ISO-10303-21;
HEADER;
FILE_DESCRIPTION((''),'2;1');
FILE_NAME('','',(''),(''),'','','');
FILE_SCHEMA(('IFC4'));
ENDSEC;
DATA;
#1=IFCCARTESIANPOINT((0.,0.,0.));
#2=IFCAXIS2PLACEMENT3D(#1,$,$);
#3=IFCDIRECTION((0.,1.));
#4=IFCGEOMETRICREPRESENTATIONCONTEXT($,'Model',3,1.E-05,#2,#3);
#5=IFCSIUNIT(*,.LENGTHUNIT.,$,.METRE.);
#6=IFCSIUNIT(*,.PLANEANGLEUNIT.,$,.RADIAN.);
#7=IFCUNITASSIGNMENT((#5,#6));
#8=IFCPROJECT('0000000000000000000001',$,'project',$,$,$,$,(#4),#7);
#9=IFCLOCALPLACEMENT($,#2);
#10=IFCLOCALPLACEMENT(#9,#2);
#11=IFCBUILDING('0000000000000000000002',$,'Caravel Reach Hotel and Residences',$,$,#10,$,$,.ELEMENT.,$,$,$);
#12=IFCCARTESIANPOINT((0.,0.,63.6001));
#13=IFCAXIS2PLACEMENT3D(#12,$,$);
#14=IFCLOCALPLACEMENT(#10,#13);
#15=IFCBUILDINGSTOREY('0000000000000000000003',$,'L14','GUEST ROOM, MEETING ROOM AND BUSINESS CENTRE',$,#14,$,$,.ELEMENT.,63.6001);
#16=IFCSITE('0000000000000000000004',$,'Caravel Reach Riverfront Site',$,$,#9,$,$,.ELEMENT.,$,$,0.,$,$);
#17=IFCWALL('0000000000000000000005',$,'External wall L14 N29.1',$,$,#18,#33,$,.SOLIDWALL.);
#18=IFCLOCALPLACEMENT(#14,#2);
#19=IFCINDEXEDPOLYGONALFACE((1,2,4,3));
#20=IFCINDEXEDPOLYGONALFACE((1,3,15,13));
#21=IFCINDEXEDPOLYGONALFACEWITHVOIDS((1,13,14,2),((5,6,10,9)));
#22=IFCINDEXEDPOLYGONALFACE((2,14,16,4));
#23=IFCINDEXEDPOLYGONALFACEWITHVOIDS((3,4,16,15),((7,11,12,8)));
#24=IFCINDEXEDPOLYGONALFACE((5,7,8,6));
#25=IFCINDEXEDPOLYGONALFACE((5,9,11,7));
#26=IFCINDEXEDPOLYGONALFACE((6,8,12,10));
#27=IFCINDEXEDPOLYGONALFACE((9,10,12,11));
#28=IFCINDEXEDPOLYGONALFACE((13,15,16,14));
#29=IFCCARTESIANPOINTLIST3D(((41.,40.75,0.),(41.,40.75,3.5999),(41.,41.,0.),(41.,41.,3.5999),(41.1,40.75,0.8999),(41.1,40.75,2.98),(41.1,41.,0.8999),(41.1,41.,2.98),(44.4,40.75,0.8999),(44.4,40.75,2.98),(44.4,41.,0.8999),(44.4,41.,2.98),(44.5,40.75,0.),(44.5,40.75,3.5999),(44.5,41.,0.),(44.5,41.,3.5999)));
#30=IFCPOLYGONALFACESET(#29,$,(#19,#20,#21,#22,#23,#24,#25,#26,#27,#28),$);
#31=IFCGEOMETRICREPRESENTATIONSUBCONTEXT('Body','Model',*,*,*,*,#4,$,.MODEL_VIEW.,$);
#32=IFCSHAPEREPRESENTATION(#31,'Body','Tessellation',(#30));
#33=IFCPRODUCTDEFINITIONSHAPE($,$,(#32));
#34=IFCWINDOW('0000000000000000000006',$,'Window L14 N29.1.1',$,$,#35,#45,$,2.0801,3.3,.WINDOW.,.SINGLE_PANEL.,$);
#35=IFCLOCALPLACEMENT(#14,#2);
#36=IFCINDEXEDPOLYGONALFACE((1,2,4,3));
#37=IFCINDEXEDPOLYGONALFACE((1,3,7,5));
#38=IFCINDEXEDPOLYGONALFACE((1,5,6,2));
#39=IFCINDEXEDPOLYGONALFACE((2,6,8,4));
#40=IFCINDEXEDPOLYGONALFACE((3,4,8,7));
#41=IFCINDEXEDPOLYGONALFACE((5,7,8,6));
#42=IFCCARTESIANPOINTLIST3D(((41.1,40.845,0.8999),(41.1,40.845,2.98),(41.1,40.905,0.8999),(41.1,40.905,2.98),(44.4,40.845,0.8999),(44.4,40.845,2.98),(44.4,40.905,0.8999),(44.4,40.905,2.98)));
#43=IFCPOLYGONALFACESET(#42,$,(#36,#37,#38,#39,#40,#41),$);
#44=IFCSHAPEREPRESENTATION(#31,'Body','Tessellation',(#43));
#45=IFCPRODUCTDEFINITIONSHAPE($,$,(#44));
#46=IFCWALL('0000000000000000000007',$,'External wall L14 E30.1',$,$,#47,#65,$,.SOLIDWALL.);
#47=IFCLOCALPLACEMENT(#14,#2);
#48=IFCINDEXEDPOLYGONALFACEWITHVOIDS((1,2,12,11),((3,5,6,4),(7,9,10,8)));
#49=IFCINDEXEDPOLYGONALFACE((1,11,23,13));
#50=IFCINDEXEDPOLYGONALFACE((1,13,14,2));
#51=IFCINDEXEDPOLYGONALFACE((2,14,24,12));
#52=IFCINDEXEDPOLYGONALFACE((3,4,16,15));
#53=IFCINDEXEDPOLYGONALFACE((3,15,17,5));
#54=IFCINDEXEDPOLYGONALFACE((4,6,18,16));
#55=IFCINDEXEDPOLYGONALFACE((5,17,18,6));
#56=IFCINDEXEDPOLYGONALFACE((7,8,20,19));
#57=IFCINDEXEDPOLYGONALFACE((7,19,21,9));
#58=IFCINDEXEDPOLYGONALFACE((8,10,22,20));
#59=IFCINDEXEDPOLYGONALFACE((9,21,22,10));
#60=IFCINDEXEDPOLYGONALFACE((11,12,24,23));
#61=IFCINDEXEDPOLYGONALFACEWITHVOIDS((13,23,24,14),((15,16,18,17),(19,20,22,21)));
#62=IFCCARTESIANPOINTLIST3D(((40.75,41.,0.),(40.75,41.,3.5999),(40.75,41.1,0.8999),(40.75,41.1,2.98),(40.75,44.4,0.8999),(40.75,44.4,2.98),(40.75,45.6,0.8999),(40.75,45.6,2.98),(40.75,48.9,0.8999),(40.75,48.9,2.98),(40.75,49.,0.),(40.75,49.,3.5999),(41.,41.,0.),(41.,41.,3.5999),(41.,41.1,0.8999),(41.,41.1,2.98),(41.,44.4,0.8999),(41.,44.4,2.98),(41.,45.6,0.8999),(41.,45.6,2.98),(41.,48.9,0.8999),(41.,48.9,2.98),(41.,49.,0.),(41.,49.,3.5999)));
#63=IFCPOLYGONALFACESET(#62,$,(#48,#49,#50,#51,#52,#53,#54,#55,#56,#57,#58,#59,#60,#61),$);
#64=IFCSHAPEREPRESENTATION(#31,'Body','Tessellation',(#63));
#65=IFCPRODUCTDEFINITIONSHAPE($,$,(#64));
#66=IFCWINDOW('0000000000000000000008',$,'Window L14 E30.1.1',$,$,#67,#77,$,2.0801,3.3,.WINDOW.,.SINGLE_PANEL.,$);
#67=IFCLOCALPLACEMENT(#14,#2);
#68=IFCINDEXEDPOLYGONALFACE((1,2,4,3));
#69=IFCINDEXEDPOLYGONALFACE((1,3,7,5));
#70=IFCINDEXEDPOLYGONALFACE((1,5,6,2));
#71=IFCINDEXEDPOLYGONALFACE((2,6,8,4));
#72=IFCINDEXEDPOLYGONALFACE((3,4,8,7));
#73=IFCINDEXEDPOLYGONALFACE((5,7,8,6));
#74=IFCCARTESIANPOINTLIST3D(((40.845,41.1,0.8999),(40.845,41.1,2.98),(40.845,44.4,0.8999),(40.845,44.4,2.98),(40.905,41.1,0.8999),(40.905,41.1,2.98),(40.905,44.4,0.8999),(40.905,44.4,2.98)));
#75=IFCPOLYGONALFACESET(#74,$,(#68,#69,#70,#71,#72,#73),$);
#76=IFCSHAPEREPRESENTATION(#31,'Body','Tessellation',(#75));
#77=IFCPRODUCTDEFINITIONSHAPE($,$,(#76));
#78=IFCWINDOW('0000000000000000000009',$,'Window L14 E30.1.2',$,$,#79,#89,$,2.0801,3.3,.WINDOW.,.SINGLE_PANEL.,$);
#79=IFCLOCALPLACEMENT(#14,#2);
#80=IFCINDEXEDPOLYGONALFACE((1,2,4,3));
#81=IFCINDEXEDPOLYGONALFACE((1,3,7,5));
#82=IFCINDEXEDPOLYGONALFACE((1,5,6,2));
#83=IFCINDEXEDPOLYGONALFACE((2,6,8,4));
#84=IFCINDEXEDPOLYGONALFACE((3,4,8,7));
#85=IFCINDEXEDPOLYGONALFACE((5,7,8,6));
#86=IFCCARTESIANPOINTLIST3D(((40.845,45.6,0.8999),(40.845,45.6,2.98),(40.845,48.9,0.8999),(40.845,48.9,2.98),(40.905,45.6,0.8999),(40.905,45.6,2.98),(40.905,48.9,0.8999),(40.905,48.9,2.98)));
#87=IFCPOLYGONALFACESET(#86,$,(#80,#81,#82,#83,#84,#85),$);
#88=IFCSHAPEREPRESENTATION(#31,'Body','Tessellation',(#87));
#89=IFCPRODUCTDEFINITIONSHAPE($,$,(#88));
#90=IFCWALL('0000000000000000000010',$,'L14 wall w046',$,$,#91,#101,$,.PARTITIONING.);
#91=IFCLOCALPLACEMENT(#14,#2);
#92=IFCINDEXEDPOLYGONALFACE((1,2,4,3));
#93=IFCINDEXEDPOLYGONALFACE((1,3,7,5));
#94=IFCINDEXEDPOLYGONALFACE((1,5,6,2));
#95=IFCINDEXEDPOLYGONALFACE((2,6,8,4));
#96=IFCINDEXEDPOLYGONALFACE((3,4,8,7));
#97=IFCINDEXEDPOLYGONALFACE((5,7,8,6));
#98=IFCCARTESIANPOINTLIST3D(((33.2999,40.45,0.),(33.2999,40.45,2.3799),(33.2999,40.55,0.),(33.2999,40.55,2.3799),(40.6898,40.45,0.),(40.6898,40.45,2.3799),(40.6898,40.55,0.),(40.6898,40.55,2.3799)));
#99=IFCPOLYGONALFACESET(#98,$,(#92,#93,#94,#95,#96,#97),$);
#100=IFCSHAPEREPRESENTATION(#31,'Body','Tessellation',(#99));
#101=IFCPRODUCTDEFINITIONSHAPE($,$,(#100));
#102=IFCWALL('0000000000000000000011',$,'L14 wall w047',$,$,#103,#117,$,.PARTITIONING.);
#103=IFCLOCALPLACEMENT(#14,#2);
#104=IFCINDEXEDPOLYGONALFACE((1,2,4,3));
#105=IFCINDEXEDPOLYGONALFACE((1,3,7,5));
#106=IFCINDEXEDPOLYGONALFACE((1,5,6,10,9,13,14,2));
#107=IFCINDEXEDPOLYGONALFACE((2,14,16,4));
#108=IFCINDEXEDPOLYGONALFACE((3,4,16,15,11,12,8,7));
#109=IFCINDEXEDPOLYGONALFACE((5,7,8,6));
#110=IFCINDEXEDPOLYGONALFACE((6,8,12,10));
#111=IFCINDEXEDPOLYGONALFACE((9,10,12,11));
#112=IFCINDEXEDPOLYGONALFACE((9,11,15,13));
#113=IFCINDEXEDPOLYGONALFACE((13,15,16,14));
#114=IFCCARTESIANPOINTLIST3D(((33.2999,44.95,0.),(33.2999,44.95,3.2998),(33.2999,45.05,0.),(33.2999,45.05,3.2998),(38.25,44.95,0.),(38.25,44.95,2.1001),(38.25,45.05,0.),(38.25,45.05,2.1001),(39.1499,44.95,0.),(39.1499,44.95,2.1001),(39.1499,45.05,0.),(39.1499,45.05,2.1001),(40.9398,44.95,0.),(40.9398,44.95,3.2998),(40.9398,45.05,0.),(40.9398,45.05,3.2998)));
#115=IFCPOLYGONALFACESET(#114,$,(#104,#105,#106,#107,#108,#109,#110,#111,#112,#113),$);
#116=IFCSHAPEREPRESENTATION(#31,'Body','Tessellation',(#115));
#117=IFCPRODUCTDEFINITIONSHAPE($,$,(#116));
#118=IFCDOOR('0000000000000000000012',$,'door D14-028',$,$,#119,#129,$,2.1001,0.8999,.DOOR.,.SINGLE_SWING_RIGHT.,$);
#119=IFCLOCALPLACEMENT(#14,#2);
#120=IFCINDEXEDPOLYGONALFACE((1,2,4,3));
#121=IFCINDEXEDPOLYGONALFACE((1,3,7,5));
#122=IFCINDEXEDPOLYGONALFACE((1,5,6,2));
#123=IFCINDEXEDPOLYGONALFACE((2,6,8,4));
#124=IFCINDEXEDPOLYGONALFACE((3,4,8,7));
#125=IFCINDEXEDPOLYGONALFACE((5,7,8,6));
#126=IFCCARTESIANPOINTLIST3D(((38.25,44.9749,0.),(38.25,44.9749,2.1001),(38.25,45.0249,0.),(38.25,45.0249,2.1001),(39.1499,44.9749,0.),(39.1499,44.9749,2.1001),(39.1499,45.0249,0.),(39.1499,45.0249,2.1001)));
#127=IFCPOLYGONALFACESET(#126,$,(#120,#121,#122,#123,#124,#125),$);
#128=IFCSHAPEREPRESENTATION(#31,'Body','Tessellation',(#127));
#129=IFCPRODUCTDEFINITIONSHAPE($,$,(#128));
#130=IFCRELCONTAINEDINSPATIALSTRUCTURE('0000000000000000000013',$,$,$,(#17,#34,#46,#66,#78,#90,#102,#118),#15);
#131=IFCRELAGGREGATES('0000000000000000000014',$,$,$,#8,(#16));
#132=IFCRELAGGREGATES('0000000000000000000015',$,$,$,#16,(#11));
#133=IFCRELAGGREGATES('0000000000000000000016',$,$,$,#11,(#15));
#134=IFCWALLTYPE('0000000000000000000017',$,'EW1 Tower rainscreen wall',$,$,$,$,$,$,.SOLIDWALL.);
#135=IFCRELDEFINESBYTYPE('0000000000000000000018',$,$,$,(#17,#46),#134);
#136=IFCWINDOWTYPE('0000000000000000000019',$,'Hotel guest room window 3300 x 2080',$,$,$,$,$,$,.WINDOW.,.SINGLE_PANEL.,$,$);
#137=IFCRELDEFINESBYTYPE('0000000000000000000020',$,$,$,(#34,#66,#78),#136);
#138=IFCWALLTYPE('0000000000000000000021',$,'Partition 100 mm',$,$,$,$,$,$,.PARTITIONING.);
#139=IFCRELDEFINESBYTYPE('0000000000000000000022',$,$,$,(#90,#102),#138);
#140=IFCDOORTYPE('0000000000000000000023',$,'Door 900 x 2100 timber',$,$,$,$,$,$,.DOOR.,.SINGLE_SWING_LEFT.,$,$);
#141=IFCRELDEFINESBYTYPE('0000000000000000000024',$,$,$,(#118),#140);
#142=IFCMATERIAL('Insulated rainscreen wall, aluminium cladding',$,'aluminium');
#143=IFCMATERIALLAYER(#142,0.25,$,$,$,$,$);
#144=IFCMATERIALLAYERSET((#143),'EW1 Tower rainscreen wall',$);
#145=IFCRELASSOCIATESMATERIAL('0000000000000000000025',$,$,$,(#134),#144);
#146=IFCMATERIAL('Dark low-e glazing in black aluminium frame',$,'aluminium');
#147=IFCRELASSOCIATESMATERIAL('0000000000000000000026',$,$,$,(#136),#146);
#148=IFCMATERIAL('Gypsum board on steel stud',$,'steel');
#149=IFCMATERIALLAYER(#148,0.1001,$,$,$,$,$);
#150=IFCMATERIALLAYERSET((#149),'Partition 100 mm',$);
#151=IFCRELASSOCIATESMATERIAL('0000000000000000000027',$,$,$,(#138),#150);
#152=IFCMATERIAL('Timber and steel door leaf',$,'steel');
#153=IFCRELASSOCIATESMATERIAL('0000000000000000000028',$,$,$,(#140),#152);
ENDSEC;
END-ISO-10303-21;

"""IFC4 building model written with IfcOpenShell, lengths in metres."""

from ifc_helpers import new_model, si_unit, direction, frame, frame_2d, origin, place, context, subcontext, project, spatial, rectangle, extrude, material, layer, layer_set, type_object, element, fill, save


model = new_model("IFC4")

# Units and contexts
model_context = context("Model", 3, precision=1e-05, world=origin(), true_north=direction((0.0, 1.0)))
body_context = subcontext(model_context, "Body", "Model", "MODEL_VIEW")
ifc_project = project(units=[si_unit("LENGTHUNIT", "METRE"), si_unit("PLANEANGLEUNIT", "RADIAN")], contexts=[model_context])

# Site, building, storey
site_placement = place(None, origin())
site = spatial("IfcSite", under=ifc_project, at=site_placement, Name="Caravel Reach Riverfront Site", CompositionType="ELEMENT", RefElevation=0.0)
building_placement = place(site_placement, origin())
building = spatial("IfcBuilding", under=site, at=building_placement, Name="Caravel Reach Hotel and Residences", CompositionType="ELEMENT")
storey_placement = place(building_placement, frame((0.0, 0.0, 63.6001)))
storey = spatial("IfcBuildingStorey", under=building, at=storey_placement, Name="L14", Description="GUEST ROOM, MEETING ROOM AND BUSINESS CENTRE", CompositionType="ELEMENT", Elevation=63.6001)

# Wall, opening, window
ifc_material_1 = material(Name="Insulated rainscreen wall, aluminium cladding", Category="aluminium")
ifc_layer_1 = layer(ifc_material_1, 0.25)
ifc_layer_set_1 = layer_set([ifc_layer_1], Name="EW1 Tower rainscreen wall")
wall_type_1 = type_object("IfcWallType", Name="EW1 Tower rainscreen wall", PredefinedType="SOLIDWALL", material=ifc_layer_set_1)
wall_1_placement = place(storey_placement, frame((44.5, 40.875, 0.0), z_axis=(0.0, 0.0, 1.0), x_axis=(-1.0, 0.0, 0.0)))
wall_1 = element("IfcWall", 1, at=wall_1_placement, inside=storey, type_object=wall_type_1, Name="External wall L14 N29.1", PredefinedType="SOLIDWALL", context=body_context, shape_type="SweptSolid", body=[
    extrude(rectangle(XDim=3.5, YDim=0.25, at=frame_2d((1.75, 0.0))), origin(), (0.0, 0.0, 1.0), 3.5999),
])
opening_1_placement = place(wall_1_placement, frame((0.1001, 0.0, 0.8999)))
opening_1 = element("IfcOpeningElement", 2, at=opening_1_placement, cuts=wall_1, PredefinedType="OPENING", context=body_context, shape_type="SweptSolid", body=[
    extrude(rectangle(XDim=3.3, YDim=2.0801, at=frame_2d((1.6499, 1.04))), frame((0.0, 0.135, 0.0), z_axis=(0.0, -1.0, 0.0), x_axis=(1.0, 0.0, 0.0)), (0.0, 0.0, 1.0), 0.27),
])
ifc_material_2 = material(Name="Dark low-e glazing in black aluminium frame", Category="aluminium")
window_type = type_object("IfcWindowType", Name="Hotel guest room window 3300 x 2080", PartitioningType="SINGLE_PANEL", PredefinedType="WINDOW", material=ifc_material_2)
window_1_placement = place(opening_1_placement, origin())
window_1 = element("IfcWindow", 3, at=window_1_placement, inside=storey, type_object=window_type, Name="Window L14 N29.1.1", OverallHeight=2.0801, OverallWidth=3.3, PartitioningType="SINGLE_PANEL", PredefinedType="WINDOW", context=body_context, shape_type="SweptSolid", body=[
    extrude(rectangle(XDim=3.3, YDim=2.0801, at=frame_2d((1.6499, 1.04))), frame((0.0, 0.03, 0.0), z_axis=(0.0, -1.0, 0.0), x_axis=(1.0, 0.0, 0.0)), (0.0, 0.0, 1.0), 0.0601),
])
fill(opening_1, window_1)

# Wall, openings, windows
wall_2_placement = place(storey_placement, frame((40.875, 41.0, 0.0), z_axis=(0.0, 0.0, 1.0), x_axis=(0.0, 1.0, 0.0)))
wall_2 = element("IfcWall", 4, at=wall_2_placement, inside=storey, type_object=wall_type_1, Name="External wall L14 E30.1", PredefinedType="SOLIDWALL", context=body_context, shape_type="SweptSolid", body=[
    extrude(rectangle(XDim=8.0, YDim=0.25, at=frame_2d((4.0, 0.0))), origin(), (0.0, 0.0, 1.0), 3.5999),
])
opening_2_placement = place(wall_2_placement, frame((0.1001, 0.0, 0.8999)))
opening_2 = element("IfcOpeningElement", 5, at=opening_2_placement, cuts=wall_2, PredefinedType="OPENING", context=body_context, shape_type="SweptSolid", body=[
    extrude(rectangle(XDim=3.3, YDim=2.0801, at=frame_2d((1.6499, 1.04))), frame((0.0, 0.135, 0.0), z_axis=(0.0, -1.0, 0.0), x_axis=(1.0, 0.0, 0.0)), (0.0, 0.0, 1.0), 0.27),
])
opening_3_placement = place(wall_2_placement, frame((4.6001, 0.0, 0.8999)))
opening_3 = element("IfcOpeningElement", 6, at=opening_3_placement, cuts=wall_2, PredefinedType="OPENING", context=body_context, shape_type="SweptSolid", body=[
    extrude(rectangle(XDim=3.3, YDim=2.0801, at=frame_2d((1.6499, 1.04))), frame((0.0, 0.135, 0.0), z_axis=(0.0, -1.0, 0.0), x_axis=(1.0, 0.0, 0.0)), (0.0, 0.0, 1.0), 0.27),
])
window_2_placement = place(opening_2_placement, origin())
window_2 = element("IfcWindow", 7, at=window_2_placement, inside=storey, type_object=window_type, Name="Window L14 E30.1.1", OverallHeight=2.0801, OverallWidth=3.3, PartitioningType="SINGLE_PANEL", PredefinedType="WINDOW", context=body_context, shape_type="SweptSolid", body=[
    extrude(rectangle(XDim=3.3, YDim=2.0801, at=frame_2d((1.6499, 1.04))), frame((0.0, 0.03, 0.0), z_axis=(0.0, -1.0, 0.0), x_axis=(1.0, 0.0, 0.0)), (0.0, 0.0, 1.0), 0.0601),
])
fill(opening_2, window_2)
window_3_placement = place(opening_3_placement, origin())
window_3 = element("IfcWindow", 8, at=window_3_placement, inside=storey, type_object=window_type, Name="Window L14 E30.1.2", OverallHeight=2.0801, OverallWidth=3.3, PartitioningType="SINGLE_PANEL", PredefinedType="WINDOW", context=body_context, shape_type="SweptSolid", body=[
    extrude(rectangle(XDim=3.3, YDim=2.0801, at=frame_2d((1.6499, 1.04))), frame((0.0, 0.03, 0.0), z_axis=(0.0, -1.0, 0.0), x_axis=(1.0, 0.0, 0.0)), (0.0, 0.0, 1.0), 0.0601),
])
fill(opening_3, window_3)

# Wall
ifc_material_3 = material(Name="Gypsum board on steel stud", Category="steel")
ifc_layer_2 = layer(ifc_material_3, 0.1001)
ifc_layer_set_2 = layer_set([ifc_layer_2], Name="Partition 100 mm")
wall_type_2 = type_object("IfcWallType", Name="Partition 100 mm", PredefinedType="PARTITIONING", material=ifc_layer_set_2)
wall_3_placement = place(storey_placement, frame((33.3, 40.5, 0.0), z_axis=(0.0, 0.0, 1.0), x_axis=(1.0, 0.0, 0.0)))
element("IfcWall", 9, at=wall_3_placement, inside=storey, type_object=wall_type_2, Name="L14 wall w046", PredefinedType="PARTITIONING", context=body_context, shape_type="SweptSolid", body=[
    extrude(rectangle(XDim=7.3899, YDim=0.1001, at=frame_2d((3.6948, 0.0))), origin(), (0.0, 0.0, 1.0), 2.3799),
])

# Wall, opening, door
wall_4_placement = place(storey_placement, frame((33.3, 45.0, 0.0), z_axis=(0.0, 0.0, 1.0), x_axis=(1.0, 0.0, 0.0)))
wall_4 = element("IfcWall", 10, at=wall_4_placement, inside=storey, type_object=wall_type_2, Name="L14 wall w047", PredefinedType="PARTITIONING", context=body_context, shape_type="SweptSolid", body=[
    extrude(rectangle(XDim=7.6399, YDim=0.1001, at=frame_2d((3.8198, 0.0))), origin(), (0.0, 0.0, 1.0), 3.2998),
])
opening_4_placement = place(wall_4_placement, frame((4.95, 0.0, 0.0)))
opening_4 = element("IfcOpeningElement", 11, at=opening_4_placement, cuts=wall_4, PredefinedType="OPENING", context=body_context, shape_type="SweptSolid", body=[
    extrude(rectangle(XDim=0.8999, YDim=2.1001, at=frame_2d((0.45, 1.05))), frame((0.0, 0.0601, 0.0), z_axis=(0.0, -1.0, 0.0), x_axis=(1.0, 0.0, 0.0)), (0.0, 0.0, 1.0), 0.1201),
])
ifc_material_4 = material(Name="Timber and steel door leaf", Category="steel")
door_type_1 = type_object("IfcDoorType", Name="Door 900 x 2100 timber", OperationType="SINGLE_SWING_LEFT", PredefinedType="DOOR", material=ifc_material_4)
door_1_placement = place(opening_4_placement, origin())
door_1 = element("IfcDoor", 12, at=door_1_placement, inside=storey, type_object=door_type_1, Name="door D14-028", OperationType="SINGLE_SWING_RIGHT", OverallHeight=2.1001, OverallWidth=0.8999, PredefinedType="DOOR", context=body_context, shape_type="SweptSolid", body=[
    extrude(rectangle(XDim=0.8999, YDim=2.1001, at=frame_2d((0.45, 1.05))), frame((0.0, 0.0249, 0.0), z_axis=(0.0, -1.0, 0.0), x_axis=(1.0, 0.0, 0.0)), (0.0, 0.0, 1.0), 0.05),
])
fill(opening_4, door_1)

save(model, "model.ifc")
